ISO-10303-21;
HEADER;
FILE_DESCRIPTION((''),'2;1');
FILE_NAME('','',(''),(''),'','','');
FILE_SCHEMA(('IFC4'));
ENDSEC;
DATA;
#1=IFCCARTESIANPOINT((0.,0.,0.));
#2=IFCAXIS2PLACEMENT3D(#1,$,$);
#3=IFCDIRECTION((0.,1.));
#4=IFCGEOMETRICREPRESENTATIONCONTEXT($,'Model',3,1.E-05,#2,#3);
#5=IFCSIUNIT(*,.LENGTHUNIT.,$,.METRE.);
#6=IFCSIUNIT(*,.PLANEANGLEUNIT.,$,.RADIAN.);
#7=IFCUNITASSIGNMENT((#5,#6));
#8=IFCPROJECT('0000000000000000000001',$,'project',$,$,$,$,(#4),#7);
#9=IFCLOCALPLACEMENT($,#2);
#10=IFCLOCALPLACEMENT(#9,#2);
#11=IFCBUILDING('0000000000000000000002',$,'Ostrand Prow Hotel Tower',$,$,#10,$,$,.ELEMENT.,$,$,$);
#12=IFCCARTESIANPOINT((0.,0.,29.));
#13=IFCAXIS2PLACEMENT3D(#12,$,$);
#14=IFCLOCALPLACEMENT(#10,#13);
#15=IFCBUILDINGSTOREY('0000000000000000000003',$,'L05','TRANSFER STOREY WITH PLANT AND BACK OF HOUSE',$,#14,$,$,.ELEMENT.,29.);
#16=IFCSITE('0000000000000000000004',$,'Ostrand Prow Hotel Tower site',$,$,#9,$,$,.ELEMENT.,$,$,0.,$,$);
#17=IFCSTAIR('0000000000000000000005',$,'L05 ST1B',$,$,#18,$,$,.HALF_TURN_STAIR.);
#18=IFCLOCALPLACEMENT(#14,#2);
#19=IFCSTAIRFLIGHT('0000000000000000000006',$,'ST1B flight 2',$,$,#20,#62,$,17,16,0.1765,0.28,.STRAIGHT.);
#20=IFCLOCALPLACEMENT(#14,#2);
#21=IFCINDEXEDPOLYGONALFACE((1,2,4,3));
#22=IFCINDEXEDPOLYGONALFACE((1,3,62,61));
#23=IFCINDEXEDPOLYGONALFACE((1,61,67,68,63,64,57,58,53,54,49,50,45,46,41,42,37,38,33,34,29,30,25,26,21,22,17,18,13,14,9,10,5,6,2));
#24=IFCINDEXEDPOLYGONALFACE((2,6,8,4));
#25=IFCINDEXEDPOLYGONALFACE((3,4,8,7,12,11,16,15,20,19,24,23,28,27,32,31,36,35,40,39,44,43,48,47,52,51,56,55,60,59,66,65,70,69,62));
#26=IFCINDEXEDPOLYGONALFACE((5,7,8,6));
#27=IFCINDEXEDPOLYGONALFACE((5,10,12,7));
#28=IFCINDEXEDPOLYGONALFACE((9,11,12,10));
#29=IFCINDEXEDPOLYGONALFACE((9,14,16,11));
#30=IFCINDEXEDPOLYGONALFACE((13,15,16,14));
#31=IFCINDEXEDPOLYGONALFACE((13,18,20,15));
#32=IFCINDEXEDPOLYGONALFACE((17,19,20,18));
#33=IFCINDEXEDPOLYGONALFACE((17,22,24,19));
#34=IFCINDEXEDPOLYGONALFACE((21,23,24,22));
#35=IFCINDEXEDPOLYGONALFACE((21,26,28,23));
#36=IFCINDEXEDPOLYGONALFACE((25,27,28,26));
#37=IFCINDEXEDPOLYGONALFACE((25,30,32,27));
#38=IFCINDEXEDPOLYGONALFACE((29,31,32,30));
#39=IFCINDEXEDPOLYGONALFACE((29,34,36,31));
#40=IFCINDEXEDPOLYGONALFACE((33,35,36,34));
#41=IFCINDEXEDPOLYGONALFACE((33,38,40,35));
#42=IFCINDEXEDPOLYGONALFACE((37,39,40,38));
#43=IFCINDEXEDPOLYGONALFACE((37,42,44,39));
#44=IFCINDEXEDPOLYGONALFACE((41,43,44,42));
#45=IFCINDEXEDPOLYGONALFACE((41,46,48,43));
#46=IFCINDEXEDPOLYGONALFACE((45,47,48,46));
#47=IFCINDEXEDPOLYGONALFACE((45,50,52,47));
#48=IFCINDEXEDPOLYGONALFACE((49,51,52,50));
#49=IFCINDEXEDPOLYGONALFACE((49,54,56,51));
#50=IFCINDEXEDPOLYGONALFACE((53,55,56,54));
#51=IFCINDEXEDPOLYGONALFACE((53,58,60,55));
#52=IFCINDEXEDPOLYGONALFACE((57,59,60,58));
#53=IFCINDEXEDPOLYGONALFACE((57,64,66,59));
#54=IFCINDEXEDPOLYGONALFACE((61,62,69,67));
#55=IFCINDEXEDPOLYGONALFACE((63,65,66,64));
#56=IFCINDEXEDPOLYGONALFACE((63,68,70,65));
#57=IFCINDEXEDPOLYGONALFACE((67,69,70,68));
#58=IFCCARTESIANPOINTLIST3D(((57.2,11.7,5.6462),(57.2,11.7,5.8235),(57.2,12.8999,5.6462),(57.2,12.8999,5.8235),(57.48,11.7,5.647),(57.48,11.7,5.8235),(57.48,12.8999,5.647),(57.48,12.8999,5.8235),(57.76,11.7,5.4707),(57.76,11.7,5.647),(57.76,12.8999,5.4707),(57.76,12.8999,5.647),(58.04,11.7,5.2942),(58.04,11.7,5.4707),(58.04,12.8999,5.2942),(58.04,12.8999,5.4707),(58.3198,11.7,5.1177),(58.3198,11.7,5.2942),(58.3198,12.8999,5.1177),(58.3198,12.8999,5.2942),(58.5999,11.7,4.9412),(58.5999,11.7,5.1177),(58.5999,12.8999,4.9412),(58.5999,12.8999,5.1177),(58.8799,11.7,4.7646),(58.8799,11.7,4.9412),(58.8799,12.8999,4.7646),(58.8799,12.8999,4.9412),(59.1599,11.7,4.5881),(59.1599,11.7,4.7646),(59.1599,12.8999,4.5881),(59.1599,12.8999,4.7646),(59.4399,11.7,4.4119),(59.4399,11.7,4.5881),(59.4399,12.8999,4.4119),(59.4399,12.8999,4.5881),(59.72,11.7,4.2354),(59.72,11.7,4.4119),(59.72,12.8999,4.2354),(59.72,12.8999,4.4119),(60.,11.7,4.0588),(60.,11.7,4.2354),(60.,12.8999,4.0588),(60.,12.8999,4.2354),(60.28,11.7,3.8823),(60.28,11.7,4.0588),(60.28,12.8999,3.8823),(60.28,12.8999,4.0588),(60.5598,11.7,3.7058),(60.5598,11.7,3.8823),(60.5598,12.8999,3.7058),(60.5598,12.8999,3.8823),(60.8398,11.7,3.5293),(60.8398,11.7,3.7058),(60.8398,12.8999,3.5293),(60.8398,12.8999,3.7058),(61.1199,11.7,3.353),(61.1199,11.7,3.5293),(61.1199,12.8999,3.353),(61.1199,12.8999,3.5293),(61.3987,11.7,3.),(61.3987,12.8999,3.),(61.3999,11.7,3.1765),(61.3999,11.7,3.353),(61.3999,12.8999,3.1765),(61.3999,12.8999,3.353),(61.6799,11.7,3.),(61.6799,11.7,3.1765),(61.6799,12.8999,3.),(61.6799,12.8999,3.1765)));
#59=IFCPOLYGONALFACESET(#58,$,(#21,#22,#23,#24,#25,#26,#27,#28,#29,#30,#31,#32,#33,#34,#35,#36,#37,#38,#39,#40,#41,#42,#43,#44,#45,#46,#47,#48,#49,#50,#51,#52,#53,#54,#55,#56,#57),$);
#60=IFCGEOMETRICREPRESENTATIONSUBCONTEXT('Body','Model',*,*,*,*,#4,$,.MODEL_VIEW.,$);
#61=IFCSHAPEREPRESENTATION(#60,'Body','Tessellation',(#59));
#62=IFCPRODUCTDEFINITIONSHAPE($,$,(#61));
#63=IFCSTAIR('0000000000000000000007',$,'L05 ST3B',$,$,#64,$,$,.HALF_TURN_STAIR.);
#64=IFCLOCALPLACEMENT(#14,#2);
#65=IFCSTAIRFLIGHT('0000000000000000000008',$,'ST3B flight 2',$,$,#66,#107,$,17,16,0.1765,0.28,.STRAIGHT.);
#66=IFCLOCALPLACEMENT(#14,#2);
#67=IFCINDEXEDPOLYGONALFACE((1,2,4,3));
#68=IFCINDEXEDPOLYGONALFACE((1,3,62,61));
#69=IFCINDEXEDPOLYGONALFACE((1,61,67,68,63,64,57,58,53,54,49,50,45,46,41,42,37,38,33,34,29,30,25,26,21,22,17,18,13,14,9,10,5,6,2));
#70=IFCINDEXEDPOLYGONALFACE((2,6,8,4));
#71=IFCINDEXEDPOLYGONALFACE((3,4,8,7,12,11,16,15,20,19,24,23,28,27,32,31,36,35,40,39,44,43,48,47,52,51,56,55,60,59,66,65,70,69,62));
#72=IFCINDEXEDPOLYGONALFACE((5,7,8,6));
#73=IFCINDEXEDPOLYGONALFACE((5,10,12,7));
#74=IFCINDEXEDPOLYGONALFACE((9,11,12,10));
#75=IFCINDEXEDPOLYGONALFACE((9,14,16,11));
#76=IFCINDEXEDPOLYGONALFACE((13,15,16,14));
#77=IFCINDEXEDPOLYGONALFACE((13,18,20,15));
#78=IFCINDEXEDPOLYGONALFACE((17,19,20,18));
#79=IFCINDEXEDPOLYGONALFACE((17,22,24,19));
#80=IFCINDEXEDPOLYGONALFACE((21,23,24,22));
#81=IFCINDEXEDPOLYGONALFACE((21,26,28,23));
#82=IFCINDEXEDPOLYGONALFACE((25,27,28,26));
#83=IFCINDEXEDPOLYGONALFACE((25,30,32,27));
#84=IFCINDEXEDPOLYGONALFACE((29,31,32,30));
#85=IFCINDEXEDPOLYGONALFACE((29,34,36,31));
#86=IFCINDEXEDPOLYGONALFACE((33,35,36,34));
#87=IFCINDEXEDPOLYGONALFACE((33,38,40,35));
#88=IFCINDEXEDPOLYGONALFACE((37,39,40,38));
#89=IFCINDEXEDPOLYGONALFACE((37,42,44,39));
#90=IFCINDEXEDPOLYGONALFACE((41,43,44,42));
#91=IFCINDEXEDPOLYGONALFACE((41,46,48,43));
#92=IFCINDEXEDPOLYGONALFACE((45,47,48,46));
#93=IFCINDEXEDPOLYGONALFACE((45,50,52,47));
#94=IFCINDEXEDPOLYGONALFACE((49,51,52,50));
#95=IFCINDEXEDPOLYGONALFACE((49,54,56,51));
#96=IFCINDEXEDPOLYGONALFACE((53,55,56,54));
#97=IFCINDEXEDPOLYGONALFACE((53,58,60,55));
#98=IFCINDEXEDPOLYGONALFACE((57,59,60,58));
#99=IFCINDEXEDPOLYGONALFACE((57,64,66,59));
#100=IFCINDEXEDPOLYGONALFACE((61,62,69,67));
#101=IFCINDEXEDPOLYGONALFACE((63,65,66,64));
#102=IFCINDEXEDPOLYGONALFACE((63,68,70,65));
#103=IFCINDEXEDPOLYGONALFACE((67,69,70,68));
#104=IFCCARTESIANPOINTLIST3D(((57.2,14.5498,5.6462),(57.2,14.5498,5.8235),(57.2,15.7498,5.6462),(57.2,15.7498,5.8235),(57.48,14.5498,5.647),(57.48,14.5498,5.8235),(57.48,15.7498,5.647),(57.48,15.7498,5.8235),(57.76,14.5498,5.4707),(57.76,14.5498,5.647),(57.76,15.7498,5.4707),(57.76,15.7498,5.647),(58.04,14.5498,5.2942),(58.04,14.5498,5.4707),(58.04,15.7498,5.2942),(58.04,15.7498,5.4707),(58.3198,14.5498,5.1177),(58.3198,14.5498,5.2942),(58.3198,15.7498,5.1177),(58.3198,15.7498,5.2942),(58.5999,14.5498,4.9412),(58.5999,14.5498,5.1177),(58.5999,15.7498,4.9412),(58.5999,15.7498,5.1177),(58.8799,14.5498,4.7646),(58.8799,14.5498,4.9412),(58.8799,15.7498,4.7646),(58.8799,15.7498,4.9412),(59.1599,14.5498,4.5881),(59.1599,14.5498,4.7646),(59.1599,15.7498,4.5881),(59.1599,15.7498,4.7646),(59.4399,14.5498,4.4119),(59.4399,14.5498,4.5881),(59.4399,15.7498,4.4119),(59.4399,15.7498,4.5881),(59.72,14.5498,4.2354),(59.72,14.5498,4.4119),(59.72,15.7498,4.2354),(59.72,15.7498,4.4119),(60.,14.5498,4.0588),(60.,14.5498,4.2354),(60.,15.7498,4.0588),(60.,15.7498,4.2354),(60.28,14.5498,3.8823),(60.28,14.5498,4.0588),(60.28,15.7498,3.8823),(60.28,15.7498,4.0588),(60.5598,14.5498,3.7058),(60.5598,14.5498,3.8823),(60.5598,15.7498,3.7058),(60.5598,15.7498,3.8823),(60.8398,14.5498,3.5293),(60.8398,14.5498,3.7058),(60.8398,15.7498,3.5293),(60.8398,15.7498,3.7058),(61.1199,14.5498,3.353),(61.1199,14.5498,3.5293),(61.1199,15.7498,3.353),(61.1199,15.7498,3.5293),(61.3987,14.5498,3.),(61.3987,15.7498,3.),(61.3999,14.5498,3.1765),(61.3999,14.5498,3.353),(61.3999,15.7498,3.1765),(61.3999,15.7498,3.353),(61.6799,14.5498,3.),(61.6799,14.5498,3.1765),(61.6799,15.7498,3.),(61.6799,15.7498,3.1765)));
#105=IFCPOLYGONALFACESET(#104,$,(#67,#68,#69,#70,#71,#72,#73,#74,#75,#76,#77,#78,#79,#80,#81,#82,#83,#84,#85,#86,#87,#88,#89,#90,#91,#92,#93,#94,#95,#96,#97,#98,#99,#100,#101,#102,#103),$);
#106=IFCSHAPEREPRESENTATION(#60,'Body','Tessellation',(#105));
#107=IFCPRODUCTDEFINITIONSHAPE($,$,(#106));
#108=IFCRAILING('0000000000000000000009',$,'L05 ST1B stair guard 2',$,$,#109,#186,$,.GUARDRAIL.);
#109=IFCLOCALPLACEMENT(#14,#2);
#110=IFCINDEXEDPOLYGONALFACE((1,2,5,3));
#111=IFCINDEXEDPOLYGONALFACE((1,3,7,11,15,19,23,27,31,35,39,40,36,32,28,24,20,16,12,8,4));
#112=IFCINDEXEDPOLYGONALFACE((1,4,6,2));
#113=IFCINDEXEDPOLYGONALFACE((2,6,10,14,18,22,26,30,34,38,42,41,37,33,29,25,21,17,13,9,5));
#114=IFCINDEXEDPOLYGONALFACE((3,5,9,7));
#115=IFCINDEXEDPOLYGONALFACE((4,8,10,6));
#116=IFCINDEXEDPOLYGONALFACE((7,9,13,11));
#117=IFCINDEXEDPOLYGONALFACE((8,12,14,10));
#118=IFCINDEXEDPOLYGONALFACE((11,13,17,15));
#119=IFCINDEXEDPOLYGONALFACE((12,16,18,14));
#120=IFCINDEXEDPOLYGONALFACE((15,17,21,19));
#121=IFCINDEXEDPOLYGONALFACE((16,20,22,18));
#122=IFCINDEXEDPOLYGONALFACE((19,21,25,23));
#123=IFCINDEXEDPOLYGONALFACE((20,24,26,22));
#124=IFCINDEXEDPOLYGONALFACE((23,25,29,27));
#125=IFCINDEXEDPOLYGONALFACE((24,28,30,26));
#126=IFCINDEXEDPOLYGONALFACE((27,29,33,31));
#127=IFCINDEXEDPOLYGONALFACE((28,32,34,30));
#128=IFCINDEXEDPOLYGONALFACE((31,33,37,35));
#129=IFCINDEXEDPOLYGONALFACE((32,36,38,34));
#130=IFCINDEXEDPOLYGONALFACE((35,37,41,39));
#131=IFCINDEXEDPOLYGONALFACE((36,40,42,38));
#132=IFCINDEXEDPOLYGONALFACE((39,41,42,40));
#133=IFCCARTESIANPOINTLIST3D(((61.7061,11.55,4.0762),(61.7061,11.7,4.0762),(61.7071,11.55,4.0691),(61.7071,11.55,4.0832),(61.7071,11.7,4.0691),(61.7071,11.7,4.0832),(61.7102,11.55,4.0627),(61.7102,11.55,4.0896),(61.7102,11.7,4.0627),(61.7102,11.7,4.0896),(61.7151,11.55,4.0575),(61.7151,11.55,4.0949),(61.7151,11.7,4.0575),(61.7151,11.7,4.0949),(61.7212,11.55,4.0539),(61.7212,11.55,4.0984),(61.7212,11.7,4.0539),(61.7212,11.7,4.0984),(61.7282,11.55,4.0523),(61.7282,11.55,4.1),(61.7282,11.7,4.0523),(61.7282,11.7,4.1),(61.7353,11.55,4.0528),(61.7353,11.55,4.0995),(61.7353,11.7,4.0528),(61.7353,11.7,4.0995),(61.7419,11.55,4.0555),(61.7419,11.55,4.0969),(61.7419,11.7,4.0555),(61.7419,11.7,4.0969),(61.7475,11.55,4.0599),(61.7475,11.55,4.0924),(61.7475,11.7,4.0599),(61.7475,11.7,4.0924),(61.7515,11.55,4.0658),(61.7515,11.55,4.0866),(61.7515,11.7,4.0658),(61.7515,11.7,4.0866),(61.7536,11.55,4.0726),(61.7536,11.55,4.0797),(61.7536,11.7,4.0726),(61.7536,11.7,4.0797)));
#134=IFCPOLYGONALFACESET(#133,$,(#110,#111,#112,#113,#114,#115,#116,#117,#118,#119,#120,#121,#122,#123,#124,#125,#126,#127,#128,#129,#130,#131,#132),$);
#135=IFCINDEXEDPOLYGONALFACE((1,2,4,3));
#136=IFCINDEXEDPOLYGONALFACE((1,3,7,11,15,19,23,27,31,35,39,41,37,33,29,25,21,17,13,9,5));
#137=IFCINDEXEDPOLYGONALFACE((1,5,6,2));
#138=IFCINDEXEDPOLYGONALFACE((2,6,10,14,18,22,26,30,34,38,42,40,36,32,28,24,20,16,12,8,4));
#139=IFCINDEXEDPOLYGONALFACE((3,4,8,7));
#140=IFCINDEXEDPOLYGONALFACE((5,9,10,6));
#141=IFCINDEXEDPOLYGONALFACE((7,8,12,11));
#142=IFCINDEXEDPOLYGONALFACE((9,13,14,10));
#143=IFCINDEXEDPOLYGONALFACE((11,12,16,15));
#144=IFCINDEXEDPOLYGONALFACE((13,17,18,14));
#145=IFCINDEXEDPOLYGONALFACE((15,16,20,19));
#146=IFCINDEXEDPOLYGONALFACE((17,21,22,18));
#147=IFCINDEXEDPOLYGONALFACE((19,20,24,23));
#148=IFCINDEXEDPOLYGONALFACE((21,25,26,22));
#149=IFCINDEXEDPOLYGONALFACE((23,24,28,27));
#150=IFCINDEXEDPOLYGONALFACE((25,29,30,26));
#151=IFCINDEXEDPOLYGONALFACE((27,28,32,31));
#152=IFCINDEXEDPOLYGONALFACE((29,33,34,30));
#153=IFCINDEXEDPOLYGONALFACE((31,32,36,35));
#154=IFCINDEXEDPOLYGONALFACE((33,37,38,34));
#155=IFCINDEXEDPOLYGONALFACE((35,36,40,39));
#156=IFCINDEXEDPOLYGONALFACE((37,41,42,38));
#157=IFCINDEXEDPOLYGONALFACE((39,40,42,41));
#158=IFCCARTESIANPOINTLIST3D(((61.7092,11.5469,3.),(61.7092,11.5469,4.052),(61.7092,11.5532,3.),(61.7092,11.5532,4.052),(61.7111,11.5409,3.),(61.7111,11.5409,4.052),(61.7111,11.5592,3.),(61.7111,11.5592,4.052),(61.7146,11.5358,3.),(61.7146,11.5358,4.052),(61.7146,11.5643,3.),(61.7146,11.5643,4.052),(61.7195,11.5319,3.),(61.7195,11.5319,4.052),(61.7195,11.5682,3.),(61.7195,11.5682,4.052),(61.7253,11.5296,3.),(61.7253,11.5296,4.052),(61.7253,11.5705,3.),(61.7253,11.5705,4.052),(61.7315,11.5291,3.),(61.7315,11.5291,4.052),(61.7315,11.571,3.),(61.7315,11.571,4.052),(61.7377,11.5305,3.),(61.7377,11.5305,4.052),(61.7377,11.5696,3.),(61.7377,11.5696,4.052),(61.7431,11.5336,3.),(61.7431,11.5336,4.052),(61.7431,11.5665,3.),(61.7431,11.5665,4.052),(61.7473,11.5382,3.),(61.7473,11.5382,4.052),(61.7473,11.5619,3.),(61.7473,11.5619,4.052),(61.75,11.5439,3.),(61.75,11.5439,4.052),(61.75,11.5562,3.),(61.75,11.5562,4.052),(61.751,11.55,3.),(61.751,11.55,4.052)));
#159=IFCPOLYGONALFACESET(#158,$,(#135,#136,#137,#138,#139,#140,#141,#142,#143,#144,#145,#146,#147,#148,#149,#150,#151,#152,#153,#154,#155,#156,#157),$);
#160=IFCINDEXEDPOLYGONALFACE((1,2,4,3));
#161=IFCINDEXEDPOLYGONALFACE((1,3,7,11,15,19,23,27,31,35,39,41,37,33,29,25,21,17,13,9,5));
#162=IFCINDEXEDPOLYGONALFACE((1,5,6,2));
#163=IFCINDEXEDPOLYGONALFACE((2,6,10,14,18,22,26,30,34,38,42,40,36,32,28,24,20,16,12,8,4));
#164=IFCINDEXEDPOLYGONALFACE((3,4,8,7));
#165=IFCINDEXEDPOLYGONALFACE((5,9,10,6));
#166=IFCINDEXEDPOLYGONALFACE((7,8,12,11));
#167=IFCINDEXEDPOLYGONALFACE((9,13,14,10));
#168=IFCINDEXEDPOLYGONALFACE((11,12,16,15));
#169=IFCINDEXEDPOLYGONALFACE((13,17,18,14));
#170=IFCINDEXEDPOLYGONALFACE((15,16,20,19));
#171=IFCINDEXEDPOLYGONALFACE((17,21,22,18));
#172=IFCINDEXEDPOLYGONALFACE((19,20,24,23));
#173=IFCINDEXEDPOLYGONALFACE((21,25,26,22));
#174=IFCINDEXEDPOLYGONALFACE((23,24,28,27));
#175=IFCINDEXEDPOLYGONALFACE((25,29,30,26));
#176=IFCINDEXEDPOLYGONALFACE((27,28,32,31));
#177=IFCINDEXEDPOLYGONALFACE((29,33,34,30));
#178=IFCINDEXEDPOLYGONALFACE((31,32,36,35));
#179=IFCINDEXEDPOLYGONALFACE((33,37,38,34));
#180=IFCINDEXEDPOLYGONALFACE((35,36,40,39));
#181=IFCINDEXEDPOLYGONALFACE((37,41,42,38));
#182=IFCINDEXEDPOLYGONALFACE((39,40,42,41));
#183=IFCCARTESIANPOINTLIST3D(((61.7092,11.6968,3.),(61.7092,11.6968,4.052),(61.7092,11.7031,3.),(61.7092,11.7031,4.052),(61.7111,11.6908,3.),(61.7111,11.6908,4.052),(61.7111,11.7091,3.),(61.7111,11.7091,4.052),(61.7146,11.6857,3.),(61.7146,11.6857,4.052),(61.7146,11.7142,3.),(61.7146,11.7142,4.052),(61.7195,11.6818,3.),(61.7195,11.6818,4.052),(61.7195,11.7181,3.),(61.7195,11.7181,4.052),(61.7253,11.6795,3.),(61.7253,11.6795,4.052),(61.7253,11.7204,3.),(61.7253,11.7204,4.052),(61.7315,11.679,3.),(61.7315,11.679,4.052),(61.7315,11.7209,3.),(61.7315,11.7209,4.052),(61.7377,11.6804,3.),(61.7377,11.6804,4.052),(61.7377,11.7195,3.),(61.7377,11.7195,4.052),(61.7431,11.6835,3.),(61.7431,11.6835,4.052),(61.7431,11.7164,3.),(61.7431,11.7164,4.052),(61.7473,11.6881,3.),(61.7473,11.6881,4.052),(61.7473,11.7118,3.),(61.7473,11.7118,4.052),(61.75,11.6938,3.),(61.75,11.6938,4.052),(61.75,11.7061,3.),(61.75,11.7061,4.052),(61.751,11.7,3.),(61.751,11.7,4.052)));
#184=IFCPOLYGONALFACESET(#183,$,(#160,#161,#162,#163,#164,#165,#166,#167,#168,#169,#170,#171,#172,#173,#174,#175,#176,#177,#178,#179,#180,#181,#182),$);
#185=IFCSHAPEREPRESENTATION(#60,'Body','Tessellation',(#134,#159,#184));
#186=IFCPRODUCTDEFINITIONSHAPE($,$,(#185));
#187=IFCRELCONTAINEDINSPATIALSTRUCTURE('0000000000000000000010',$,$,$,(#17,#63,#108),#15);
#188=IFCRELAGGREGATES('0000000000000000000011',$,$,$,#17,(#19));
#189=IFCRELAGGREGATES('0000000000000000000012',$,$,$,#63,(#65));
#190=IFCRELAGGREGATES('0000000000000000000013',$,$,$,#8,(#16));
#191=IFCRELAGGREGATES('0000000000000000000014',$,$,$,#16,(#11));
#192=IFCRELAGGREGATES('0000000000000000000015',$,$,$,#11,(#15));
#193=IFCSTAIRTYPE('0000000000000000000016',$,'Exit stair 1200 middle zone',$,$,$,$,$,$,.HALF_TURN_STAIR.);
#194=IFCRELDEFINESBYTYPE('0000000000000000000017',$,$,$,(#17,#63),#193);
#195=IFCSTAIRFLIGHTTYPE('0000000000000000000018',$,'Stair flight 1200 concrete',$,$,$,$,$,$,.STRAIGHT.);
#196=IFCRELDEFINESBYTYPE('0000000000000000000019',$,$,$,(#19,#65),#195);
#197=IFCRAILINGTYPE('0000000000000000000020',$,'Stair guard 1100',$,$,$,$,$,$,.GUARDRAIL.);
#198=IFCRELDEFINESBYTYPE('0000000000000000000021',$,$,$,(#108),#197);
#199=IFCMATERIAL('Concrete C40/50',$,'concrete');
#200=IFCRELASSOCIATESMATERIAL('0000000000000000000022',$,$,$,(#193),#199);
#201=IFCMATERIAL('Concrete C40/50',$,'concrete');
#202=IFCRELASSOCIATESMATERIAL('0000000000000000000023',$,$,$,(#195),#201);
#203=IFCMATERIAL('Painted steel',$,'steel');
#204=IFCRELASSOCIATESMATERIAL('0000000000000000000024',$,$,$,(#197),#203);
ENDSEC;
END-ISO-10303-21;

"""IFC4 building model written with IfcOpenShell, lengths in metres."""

from ifc_helpers import new_model, si_unit, direction, frame, origin, origin_2d, place, context, subcontext, project, spatial, polyline, circle, outline, extrude, material, type_object, element, aggregate, save


model = new_model("IFC4")

# Units and contexts
model_context = context("Model", 3, precision=1e-05, world=origin(), true_north=direction((0.0, 1.0)))
body_context = subcontext(model_context, "Body", "Model", "MODEL_VIEW")
ifc_project = project(units=[si_unit("LENGTHUNIT", "METRE"), si_unit("PLANEANGLEUNIT", "RADIAN")], contexts=[model_context])

# Site, building, storey
site_placement = place(None, origin())
site = spatial("IfcSite", under=ifc_project, at=site_placement, Name="Ostrand Prow Hotel Tower site", CompositionType="ELEMENT", RefElevation=0.0)
building_placement = place(site_placement, origin())
building = spatial("IfcBuilding", under=site, at=building_placement, Name="Ostrand Prow Hotel Tower", CompositionType="ELEMENT")
storey_placement = place(building_placement, frame((0.0, 0.0, 29.0)))
storey = spatial("IfcBuildingStorey", under=building, at=storey_placement, Name="L05", Description="TRANSFER STOREY WITH PLANT AND BACK OF HOUSE", CompositionType="ELEMENT", Elevation=29.0)

# Stairs, stair flights
ifc_material_1 = material(Name="Concrete C40/50", Category="concrete")
stair_type = type_object("IfcStairType", Name="Exit stair 1200 middle zone", PredefinedType="HALF_TURN_STAIR", material=ifc_material_1)
stair_1_placement = place(storey_placement, origin())
stair_1 = element("IfcStair", 1, at=stair_1_placement, inside=storey, type_object=stair_type, Name="L05 ST1B", PredefinedType="HALF_TURN_STAIR")
ifc_material_2 = material(Name="Concrete C40/50", Category="concrete")
stair_flight_type = type_object("IfcStairFlightType", Name="Stair flight 1200 concrete", PredefinedType="STRAIGHT", material=ifc_material_2)
stair_flight_1_placement = place(storey_placement, frame((61.6799, 12.3, 3.0), z_axis=(0.0, 0.0, 1.0), x_axis=(-1.0, 0.0, 0.0)))
stair_flight_1 = element("IfcStairFlight", 2, at=stair_flight_1_placement, type_object=stair_flight_type, Name="ST1B flight 2", NumberOfRisers=17, NumberOfTreads=16, PredefinedType="STRAIGHT", RiserHeight=0.1765, TreadLength=0.28, context=body_context, shape_type="SweptSolid", body=[
    extrude(outline(polyline([(0.0, 0.0), (0.0, 0.1765), (0.28, 0.1765), (0.28, 0.353), (0.5601, 0.353), (0.5601, 0.5293), (0.8401, 0.5293), (0.8401, 0.7058), (1.1201, 0.7058), (1.1201, 0.8823), (1.3999, 0.8823), (1.3999, 1.0588), (1.6799, 1.0588), (1.6799, 1.2354), (1.96, 1.2354), (1.96, 1.4119), (2.24, 1.4119), (2.24, 1.5881), (2.52, 1.5881), (2.52, 1.7646), (2.8, 1.7646), (2.8, 1.9412), (3.0801, 1.9412), (3.0801, 2.1177), (3.3601, 2.1177), (3.3601, 2.2942), (3.6399, 2.2942), (3.6399, 2.4707), (3.9199, 2.4707), (3.9199, 2.647), (4.2, 2.647), (4.2, 2.8235), (4.48, 2.8235), (4.48, 3.0), (4.48, 2.6462), (0.2812, 0.0), (0.0, 0.0)])), frame((0.0, 0.6001, 0.0), z_axis=(0.0, -1.0, 0.0), x_axis=(1.0, 0.0, 0.0)), (0.0, 0.0, 1.0), 1.2),
])
aggregate(stair_1, [stair_flight_1])
stair_2_placement = place(storey_placement, origin())
stair_2 = element("IfcStair", 3, at=stair_2_placement, inside=storey, type_object=stair_type, Name="L05 ST3B", PredefinedType="HALF_TURN_STAIR")
stair_flight_2_placement = place(storey_placement, frame((61.6799, 15.1499, 3.0), z_axis=(0.0, 0.0, 1.0), x_axis=(-1.0, 0.0, 0.0)))
stair_flight_2 = element("IfcStairFlight", 4, at=stair_flight_2_placement, type_object=stair_flight_type, Name="ST3B flight 2", NumberOfRisers=17, NumberOfTreads=16, PredefinedType="STRAIGHT", RiserHeight=0.1765, TreadLength=0.28, context=body_context, shape_type="SweptSolid", body=[
    extrude(outline(polyline([(0.0, 0.0), (0.0, 0.1765), (0.28, 0.1765), (0.28, 0.353), (0.5601, 0.353), (0.5601, 0.5293), (0.8401, 0.5293), (0.8401, 0.7058), (1.1201, 0.7058), (1.1201, 0.8823), (1.3999, 0.8823), (1.3999, 1.0588), (1.6799, 1.0588), (1.6799, 1.2354), (1.96, 1.2354), (1.96, 1.4119), (2.24, 1.4119), (2.24, 1.5881), (2.52, 1.5881), (2.52, 1.7646), (2.8, 1.7646), (2.8, 1.9412), (3.0801, 1.9412), (3.0801, 2.1177), (3.3601, 2.1177), (3.3601, 2.2942), (3.6399, 2.2942), (3.6399, 2.4707), (3.9199, 2.4707), (3.9199, 2.647), (4.2, 2.647), (4.2, 2.8235), (4.48, 2.8235), (4.48, 3.0), (4.48, 2.6462), (0.2812, 0.0), (0.0, 0.0)])), frame((0.0, 0.6001, 0.0), z_axis=(0.0, -1.0, 0.0), x_axis=(1.0, 0.0, 0.0)), (0.0, 0.0, 1.0), 1.2),
])
aggregate(stair_2, [stair_flight_2])

# Railing
ifc_material_3 = material(Name="Painted steel", Category="steel")
railing_type_1 = type_object("IfcRailingType", Name="Stair guard 1100", PredefinedType="GUARDRAIL", material=ifc_material_3)
railing_1_placement = place(storey_placement, frame((61.73, 11.55, 3.0)))
element("IfcRailing", 5, at=railing_1_placement, inside=storey, type_object=railing_type_1, Name="L05 ST1B stair guard 2", PredefinedType="GUARDRAIL", context=body_context, shape_type="SweptSolid", body=[
    extrude(circle(Radius=0.0239, at=origin_2d()), frame((0.0, 0.0, 1.0762), z_axis=(0.0, 1.0, 0.0), x_axis=(-1.0, 0.0, 0.0)), (0.0, 0.0, 1.0), 0.1499),
    extrude(circle(Radius=0.021, at=origin_2d()), origin(), (0.0, 0.0, 1.0), 1.052),
    extrude(circle(Radius=0.021, at=origin_2d()), frame((0.0, 0.1499, 0.0)), (0.0, 0.0, 1.0), 1.052),
])

save(model, "model.ifc")
